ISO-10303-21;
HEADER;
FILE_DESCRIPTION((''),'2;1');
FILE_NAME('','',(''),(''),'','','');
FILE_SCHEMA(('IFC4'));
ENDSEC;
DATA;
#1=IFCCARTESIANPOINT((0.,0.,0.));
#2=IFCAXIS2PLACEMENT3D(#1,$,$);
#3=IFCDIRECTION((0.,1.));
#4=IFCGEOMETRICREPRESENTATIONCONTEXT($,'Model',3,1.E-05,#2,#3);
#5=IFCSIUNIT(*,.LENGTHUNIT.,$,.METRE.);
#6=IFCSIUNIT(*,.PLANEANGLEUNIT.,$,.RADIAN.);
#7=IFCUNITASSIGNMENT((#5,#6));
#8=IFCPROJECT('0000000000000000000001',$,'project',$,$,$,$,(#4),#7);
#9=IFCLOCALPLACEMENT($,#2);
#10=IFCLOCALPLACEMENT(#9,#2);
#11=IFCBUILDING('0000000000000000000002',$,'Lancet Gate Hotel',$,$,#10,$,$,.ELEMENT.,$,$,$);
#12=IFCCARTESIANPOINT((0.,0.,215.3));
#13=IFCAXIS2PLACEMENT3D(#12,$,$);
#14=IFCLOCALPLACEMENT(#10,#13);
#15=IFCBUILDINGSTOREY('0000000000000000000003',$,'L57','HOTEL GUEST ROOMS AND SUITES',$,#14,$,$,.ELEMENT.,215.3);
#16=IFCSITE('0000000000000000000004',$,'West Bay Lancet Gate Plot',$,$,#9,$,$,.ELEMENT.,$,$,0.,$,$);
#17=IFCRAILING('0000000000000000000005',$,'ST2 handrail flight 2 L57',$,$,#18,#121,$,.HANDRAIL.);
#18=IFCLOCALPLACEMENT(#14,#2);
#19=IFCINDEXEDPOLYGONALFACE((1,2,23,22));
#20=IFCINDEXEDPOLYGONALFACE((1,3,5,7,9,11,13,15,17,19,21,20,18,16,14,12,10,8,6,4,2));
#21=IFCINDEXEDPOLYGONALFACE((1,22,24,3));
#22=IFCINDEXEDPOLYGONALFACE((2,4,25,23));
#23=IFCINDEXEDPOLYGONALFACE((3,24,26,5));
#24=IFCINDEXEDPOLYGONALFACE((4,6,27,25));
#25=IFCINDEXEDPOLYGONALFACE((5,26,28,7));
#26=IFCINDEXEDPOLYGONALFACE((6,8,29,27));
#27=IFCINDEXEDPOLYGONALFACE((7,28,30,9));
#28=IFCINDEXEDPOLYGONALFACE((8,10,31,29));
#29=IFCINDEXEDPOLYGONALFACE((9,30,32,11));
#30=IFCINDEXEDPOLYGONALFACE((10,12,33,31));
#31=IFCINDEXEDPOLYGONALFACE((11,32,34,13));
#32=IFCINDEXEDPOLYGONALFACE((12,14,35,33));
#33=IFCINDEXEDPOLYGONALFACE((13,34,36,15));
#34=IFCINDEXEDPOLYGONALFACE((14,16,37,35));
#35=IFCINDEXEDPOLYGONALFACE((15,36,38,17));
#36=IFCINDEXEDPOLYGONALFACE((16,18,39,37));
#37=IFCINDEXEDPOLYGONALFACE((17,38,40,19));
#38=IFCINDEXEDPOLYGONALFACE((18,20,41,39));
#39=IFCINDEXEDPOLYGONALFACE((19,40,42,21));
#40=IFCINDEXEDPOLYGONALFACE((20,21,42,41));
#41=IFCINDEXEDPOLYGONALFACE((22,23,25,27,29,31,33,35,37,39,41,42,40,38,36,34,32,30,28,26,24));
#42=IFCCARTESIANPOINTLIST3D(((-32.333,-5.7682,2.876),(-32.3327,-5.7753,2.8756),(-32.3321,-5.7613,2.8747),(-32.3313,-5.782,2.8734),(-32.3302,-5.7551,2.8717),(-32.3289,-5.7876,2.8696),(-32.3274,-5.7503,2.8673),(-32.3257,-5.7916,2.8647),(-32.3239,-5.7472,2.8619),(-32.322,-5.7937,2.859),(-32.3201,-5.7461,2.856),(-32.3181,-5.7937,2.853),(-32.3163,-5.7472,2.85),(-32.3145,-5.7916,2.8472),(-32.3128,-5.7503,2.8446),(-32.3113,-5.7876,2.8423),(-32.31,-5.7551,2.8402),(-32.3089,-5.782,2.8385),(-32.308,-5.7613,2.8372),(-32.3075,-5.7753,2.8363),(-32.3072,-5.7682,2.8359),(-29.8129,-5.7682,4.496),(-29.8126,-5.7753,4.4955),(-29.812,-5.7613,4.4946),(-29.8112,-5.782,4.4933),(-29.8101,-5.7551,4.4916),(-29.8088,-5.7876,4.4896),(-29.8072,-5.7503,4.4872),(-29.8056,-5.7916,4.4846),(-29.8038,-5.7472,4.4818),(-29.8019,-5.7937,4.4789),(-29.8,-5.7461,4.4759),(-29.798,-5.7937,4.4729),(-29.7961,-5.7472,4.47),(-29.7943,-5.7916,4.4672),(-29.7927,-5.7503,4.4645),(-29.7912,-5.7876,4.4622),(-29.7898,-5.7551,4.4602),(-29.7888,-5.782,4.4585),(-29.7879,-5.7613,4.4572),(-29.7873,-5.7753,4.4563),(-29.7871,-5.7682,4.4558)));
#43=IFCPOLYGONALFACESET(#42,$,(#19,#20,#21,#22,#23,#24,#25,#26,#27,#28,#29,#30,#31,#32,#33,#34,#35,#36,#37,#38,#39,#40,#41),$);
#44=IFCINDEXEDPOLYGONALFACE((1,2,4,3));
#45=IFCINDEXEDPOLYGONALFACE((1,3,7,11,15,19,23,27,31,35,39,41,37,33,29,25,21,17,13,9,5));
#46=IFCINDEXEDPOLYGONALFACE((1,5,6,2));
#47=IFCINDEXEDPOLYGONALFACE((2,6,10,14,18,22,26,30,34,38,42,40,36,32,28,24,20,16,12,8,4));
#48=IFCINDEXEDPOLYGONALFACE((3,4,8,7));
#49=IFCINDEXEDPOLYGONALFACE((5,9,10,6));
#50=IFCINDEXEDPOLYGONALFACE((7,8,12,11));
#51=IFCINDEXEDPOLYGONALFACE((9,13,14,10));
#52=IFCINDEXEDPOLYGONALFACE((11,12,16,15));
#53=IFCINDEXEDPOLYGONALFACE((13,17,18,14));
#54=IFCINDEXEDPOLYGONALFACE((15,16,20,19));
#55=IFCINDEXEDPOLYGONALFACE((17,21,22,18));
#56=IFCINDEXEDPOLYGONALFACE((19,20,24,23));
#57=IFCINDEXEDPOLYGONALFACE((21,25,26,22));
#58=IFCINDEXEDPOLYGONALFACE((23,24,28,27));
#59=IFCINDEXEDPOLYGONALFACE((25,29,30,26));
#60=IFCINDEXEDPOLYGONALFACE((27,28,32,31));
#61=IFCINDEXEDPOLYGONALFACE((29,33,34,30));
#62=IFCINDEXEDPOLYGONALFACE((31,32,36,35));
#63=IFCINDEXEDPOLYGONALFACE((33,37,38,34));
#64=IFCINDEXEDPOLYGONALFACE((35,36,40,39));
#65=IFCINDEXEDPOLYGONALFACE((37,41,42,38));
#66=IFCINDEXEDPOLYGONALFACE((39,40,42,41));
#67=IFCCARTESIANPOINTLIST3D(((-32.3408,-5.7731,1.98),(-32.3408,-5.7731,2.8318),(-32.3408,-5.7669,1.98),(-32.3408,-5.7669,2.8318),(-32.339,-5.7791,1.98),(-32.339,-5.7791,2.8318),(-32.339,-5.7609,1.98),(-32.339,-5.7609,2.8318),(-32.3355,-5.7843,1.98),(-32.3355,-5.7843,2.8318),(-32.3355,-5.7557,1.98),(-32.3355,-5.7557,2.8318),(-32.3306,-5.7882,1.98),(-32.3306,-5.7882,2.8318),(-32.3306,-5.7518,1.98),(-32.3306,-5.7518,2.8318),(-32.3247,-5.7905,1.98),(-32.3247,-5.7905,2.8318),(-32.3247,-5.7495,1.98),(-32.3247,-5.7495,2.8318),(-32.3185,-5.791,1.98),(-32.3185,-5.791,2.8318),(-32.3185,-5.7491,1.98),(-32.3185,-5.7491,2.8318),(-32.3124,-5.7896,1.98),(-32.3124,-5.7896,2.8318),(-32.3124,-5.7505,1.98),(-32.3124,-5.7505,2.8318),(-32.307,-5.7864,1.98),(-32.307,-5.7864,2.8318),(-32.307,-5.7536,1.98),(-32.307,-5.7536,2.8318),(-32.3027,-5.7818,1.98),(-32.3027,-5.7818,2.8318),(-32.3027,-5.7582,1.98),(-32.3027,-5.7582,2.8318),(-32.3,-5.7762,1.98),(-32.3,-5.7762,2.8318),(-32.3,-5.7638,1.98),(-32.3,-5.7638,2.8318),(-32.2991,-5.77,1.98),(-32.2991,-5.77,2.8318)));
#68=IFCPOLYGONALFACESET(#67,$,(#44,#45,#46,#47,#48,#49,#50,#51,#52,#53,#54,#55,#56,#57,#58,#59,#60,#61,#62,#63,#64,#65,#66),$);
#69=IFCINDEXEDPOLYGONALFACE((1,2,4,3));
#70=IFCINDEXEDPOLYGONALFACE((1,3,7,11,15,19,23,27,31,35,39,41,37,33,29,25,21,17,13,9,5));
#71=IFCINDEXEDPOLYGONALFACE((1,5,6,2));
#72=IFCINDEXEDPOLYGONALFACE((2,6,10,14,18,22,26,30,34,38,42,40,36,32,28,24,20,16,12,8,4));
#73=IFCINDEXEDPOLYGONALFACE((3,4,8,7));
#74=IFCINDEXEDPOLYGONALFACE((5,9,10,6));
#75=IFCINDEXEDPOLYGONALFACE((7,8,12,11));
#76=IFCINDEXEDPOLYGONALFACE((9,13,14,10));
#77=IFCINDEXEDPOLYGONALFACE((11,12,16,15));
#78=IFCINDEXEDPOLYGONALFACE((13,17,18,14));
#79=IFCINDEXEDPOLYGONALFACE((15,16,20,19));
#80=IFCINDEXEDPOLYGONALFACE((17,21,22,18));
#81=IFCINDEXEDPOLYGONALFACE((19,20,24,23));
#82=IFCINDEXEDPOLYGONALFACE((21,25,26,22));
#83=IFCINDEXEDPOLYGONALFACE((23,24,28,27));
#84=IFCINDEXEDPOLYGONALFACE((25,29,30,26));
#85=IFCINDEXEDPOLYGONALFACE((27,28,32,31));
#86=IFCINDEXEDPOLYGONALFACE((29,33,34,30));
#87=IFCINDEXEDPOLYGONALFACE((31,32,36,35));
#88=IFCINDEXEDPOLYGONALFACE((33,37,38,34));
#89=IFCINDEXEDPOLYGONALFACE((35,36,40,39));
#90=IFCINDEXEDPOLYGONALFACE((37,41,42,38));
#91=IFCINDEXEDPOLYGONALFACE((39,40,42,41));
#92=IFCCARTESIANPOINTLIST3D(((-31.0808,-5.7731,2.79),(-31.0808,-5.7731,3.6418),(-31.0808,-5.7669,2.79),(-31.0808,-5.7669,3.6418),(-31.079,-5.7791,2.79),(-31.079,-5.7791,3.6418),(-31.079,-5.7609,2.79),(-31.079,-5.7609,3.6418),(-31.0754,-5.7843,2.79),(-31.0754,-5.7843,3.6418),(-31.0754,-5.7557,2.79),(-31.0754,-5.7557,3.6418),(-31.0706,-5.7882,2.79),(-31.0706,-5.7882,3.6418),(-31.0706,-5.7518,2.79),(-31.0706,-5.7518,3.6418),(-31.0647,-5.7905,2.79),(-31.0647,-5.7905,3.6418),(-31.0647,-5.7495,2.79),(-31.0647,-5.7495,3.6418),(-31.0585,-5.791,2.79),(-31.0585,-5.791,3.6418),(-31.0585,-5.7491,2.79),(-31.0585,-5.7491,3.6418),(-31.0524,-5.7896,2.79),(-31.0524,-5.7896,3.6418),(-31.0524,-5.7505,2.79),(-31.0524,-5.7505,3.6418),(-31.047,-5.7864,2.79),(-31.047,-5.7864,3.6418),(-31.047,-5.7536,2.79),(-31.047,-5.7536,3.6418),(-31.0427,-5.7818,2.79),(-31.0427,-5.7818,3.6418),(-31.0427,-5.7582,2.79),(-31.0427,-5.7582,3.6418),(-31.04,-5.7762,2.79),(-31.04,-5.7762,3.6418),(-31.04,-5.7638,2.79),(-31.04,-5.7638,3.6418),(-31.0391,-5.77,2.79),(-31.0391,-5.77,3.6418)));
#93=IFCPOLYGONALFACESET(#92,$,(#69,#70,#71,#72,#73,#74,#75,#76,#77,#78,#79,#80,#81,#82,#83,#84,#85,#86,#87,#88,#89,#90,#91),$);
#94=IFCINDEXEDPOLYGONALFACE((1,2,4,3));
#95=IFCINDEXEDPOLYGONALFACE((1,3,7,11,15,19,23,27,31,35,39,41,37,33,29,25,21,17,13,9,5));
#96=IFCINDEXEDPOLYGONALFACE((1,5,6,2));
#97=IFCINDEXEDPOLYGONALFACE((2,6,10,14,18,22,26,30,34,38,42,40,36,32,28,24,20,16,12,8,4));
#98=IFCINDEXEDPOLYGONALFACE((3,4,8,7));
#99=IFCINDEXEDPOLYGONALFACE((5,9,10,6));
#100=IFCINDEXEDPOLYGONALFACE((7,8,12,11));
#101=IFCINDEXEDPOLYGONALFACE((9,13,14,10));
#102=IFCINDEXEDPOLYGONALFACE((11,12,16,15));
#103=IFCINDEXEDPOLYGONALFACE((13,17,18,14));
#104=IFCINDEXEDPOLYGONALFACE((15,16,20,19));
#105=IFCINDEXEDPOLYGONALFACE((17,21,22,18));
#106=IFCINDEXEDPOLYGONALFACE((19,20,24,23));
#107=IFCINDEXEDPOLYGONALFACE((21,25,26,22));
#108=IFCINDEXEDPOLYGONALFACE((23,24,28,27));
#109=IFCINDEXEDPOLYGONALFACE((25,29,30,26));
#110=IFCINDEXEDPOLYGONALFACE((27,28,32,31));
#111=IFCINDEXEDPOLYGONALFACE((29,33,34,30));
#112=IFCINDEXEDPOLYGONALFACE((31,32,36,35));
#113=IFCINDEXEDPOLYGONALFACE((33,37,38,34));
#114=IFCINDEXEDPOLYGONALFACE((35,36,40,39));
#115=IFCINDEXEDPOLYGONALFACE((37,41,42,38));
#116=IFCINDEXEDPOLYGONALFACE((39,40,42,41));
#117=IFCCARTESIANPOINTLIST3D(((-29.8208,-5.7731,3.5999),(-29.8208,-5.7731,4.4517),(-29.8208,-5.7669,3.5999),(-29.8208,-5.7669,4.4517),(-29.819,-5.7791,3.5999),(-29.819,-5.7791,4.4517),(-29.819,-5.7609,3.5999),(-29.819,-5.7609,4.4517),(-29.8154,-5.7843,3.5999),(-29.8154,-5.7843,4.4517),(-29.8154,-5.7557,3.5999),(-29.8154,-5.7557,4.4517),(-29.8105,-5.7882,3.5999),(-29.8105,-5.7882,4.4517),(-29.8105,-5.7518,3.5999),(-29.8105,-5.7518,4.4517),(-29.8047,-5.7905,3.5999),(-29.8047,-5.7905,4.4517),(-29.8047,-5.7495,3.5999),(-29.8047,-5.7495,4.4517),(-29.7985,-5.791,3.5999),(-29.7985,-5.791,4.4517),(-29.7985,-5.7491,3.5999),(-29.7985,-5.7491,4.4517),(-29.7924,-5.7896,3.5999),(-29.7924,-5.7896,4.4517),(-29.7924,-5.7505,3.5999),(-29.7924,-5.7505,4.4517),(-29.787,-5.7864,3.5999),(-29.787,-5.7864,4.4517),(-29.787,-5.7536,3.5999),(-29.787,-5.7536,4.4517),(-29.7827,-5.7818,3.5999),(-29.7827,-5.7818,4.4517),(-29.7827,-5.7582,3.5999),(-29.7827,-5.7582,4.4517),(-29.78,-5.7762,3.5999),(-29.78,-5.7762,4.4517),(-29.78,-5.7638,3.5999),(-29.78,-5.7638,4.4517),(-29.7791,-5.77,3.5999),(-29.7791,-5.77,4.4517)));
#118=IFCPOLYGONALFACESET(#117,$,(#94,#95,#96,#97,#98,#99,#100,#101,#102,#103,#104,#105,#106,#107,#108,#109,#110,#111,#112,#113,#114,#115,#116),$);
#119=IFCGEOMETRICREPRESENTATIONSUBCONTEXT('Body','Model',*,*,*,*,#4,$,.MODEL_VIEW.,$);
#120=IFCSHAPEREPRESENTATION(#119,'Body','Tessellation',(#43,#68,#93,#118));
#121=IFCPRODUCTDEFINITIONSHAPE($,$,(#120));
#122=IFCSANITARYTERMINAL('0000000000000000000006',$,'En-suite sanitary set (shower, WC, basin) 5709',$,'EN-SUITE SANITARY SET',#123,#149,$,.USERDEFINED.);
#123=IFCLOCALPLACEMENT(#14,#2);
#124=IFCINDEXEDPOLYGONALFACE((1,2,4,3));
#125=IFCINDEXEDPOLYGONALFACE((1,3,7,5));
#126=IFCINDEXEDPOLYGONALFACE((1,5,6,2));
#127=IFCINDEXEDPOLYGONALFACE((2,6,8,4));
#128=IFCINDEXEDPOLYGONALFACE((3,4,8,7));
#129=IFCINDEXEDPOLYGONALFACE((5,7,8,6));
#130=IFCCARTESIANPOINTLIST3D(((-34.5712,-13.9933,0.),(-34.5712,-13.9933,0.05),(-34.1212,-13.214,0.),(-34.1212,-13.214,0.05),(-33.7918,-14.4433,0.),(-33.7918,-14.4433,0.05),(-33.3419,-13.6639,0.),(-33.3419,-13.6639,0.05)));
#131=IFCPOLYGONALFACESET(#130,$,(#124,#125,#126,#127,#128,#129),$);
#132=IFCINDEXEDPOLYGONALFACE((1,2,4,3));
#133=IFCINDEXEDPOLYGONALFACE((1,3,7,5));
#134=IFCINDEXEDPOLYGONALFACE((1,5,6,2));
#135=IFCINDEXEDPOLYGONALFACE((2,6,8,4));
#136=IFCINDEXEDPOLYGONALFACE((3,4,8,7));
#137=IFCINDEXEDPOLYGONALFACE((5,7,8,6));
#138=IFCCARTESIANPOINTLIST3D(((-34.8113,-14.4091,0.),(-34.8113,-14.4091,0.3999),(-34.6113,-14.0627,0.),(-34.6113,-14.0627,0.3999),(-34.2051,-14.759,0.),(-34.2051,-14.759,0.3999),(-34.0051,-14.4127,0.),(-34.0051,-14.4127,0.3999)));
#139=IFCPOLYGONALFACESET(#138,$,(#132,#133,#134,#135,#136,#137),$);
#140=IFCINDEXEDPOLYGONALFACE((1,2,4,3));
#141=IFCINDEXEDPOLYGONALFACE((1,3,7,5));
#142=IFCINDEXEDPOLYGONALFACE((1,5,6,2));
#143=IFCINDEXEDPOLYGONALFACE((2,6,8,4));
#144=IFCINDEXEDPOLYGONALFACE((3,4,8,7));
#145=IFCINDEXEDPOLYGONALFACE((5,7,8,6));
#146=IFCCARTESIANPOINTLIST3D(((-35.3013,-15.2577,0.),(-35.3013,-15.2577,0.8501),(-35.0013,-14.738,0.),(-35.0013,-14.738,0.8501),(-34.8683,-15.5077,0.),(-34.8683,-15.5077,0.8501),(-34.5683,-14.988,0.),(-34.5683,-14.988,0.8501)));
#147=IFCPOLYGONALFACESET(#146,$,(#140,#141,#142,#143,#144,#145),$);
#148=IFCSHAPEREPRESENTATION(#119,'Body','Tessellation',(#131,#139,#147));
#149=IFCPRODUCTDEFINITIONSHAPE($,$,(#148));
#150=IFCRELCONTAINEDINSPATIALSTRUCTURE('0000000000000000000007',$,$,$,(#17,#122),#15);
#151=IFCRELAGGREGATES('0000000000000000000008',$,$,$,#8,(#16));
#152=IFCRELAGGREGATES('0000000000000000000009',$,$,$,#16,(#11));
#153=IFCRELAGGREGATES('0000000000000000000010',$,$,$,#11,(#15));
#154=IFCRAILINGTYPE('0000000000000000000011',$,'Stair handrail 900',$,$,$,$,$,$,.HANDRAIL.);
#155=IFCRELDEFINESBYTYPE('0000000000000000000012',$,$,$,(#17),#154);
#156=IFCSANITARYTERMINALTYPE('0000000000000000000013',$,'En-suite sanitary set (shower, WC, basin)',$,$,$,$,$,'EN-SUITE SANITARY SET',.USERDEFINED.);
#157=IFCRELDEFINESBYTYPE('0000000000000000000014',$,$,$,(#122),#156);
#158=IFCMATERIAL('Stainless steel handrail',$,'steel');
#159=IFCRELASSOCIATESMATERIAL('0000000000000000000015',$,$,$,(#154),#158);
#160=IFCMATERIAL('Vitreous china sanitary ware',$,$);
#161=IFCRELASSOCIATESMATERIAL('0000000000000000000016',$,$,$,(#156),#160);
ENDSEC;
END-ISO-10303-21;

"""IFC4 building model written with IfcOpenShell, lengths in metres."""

from ifc_helpers import new_model, si_unit, direction, frame, origin, origin_2d, place, context, subcontext, project, spatial, rectangle, circle, extrude, material, type_object, element, save


model = new_model("IFC4")

# Units and contexts
model_context = context("Model", 3, precision=1e-05, world=origin(), true_north=direction((0.0, 1.0)))
body_context = subcontext(model_context, "Body", "Model", "MODEL_VIEW")
ifc_project = project(units=[si_unit("LENGTHUNIT", "METRE"), si_unit("PLANEANGLEUNIT", "RADIAN")], contexts=[model_context])

# Site, building, storey
site_placement = place(None, origin())
site = spatial("IfcSite", under=ifc_project, at=site_placement, Name="West Bay Lancet Gate Plot", CompositionType="ELEMENT", RefElevation=0.0)
building_placement = place(site_placement, origin())
building = spatial("IfcBuilding", under=site, at=building_placement, Name="Lancet Gate Hotel", CompositionType="ELEMENT")
storey_placement = place(building_placement, frame((0.0, 0.0, 215.3)))
storey = spatial("IfcBuildingStorey", under=building, at=storey_placement, Name="L57", Description="HOTEL GUEST ROOMS AND SUITES", CompositionType="ELEMENT", Elevation=215.3)

# Railing
ifc_material_1 = material(Name="Stainless steel handrail", Category="steel")
railing_type = type_object("IfcRailingType", Name="Stair handrail 900", PredefinedType="HANDRAIL", material=ifc_material_1)
railing_placement = place(storey_placement, frame((-32.3201, -5.77, 1.98)))
element("IfcRailing", 1, at=railing_placement, inside=storey, type_object=railing_type, Name="ST2 handrail flight 2 L57", PredefinedType="HANDRAIL", context=body_context, shape_type="SweptSolid", body=[
    extrude(circle(Radius=0.0239, at=origin_2d()), frame((0.0, 0.0, 0.876), z_axis=(0.8412, 0.0, 0.540725), x_axis=(0.0, 1.0, 0.0)), (0.0, 0.0, 1.0), 2.9958),
    extrude(circle(Radius=0.021, at=origin_2d()), origin(), (0.0, 0.0, 1.0), 0.8518),
    extrude(circle(Radius=0.021, at=origin_2d()), frame((1.26, 0.0, 0.8101)), (0.0, 0.0, 1.0), 0.8518),
    extrude(circle(Radius=0.021, at=origin_2d()), frame((2.52, 0.0, 1.6199)), (0.0, 0.0, 1.0), 0.8518),
])

# Sanitary terminal
ifc_material_2 = material(Name="Vitreous china sanitary ware")
sanitary_terminal_type = type_object("IfcSanitaryTerminalType", Name="En-suite sanitary set (shower, WC, basin)", ElementType="EN-SUITE SANITARY SET", PredefinedType="USERDEFINED", material=ifc_material_2)
sanitary_terminal_placement = place(storey_placement, frame((-33.9565, -13.8286, 0.0), z_axis=(0.0, 0.0, 1.0), x_axis=(1.0, 0.0, 0.0)))
element("IfcSanitaryTerminal", 2, at=sanitary_terminal_placement, inside=storey, type_object=sanitary_terminal_type, Name="En-suite sanitary set (shower, WC, basin) 5709", ObjectType="EN-SUITE SANITARY SET", PredefinedType="USERDEFINED", context=body_context, shape_type="SweptSolid", body=[
    extrude(rectangle(XDim=0.8999, YDim=0.8999, at=origin_2d()), frame((0.0, 0.0, 0.0), z_axis=(0.0, 0.0, 1.0), x_axis=(0.5, 0.866025, 0.0)), (0.0, 0.0, 1.0), 0.05),
    extrude(rectangle(XDim=0.3999, YDim=0.7, at=origin_2d()), frame((-0.4517, -0.5823, 0.0), z_axis=(0.0, 0.0, 1.0), x_axis=(0.5, 0.866025, 0.0)), (0.0, 0.0, 1.0), 0.3999),
    extrude(rectangle(XDim=0.6001, YDim=0.5, at=origin_2d()), frame((-0.9783, -1.2942, 0.0), z_axis=(0.0, 0.0, 1.0), x_axis=(0.5, 0.866025, 0.0)), (0.0, 0.0, 1.0), 0.8501),
])

save(model, "model.ifc")
